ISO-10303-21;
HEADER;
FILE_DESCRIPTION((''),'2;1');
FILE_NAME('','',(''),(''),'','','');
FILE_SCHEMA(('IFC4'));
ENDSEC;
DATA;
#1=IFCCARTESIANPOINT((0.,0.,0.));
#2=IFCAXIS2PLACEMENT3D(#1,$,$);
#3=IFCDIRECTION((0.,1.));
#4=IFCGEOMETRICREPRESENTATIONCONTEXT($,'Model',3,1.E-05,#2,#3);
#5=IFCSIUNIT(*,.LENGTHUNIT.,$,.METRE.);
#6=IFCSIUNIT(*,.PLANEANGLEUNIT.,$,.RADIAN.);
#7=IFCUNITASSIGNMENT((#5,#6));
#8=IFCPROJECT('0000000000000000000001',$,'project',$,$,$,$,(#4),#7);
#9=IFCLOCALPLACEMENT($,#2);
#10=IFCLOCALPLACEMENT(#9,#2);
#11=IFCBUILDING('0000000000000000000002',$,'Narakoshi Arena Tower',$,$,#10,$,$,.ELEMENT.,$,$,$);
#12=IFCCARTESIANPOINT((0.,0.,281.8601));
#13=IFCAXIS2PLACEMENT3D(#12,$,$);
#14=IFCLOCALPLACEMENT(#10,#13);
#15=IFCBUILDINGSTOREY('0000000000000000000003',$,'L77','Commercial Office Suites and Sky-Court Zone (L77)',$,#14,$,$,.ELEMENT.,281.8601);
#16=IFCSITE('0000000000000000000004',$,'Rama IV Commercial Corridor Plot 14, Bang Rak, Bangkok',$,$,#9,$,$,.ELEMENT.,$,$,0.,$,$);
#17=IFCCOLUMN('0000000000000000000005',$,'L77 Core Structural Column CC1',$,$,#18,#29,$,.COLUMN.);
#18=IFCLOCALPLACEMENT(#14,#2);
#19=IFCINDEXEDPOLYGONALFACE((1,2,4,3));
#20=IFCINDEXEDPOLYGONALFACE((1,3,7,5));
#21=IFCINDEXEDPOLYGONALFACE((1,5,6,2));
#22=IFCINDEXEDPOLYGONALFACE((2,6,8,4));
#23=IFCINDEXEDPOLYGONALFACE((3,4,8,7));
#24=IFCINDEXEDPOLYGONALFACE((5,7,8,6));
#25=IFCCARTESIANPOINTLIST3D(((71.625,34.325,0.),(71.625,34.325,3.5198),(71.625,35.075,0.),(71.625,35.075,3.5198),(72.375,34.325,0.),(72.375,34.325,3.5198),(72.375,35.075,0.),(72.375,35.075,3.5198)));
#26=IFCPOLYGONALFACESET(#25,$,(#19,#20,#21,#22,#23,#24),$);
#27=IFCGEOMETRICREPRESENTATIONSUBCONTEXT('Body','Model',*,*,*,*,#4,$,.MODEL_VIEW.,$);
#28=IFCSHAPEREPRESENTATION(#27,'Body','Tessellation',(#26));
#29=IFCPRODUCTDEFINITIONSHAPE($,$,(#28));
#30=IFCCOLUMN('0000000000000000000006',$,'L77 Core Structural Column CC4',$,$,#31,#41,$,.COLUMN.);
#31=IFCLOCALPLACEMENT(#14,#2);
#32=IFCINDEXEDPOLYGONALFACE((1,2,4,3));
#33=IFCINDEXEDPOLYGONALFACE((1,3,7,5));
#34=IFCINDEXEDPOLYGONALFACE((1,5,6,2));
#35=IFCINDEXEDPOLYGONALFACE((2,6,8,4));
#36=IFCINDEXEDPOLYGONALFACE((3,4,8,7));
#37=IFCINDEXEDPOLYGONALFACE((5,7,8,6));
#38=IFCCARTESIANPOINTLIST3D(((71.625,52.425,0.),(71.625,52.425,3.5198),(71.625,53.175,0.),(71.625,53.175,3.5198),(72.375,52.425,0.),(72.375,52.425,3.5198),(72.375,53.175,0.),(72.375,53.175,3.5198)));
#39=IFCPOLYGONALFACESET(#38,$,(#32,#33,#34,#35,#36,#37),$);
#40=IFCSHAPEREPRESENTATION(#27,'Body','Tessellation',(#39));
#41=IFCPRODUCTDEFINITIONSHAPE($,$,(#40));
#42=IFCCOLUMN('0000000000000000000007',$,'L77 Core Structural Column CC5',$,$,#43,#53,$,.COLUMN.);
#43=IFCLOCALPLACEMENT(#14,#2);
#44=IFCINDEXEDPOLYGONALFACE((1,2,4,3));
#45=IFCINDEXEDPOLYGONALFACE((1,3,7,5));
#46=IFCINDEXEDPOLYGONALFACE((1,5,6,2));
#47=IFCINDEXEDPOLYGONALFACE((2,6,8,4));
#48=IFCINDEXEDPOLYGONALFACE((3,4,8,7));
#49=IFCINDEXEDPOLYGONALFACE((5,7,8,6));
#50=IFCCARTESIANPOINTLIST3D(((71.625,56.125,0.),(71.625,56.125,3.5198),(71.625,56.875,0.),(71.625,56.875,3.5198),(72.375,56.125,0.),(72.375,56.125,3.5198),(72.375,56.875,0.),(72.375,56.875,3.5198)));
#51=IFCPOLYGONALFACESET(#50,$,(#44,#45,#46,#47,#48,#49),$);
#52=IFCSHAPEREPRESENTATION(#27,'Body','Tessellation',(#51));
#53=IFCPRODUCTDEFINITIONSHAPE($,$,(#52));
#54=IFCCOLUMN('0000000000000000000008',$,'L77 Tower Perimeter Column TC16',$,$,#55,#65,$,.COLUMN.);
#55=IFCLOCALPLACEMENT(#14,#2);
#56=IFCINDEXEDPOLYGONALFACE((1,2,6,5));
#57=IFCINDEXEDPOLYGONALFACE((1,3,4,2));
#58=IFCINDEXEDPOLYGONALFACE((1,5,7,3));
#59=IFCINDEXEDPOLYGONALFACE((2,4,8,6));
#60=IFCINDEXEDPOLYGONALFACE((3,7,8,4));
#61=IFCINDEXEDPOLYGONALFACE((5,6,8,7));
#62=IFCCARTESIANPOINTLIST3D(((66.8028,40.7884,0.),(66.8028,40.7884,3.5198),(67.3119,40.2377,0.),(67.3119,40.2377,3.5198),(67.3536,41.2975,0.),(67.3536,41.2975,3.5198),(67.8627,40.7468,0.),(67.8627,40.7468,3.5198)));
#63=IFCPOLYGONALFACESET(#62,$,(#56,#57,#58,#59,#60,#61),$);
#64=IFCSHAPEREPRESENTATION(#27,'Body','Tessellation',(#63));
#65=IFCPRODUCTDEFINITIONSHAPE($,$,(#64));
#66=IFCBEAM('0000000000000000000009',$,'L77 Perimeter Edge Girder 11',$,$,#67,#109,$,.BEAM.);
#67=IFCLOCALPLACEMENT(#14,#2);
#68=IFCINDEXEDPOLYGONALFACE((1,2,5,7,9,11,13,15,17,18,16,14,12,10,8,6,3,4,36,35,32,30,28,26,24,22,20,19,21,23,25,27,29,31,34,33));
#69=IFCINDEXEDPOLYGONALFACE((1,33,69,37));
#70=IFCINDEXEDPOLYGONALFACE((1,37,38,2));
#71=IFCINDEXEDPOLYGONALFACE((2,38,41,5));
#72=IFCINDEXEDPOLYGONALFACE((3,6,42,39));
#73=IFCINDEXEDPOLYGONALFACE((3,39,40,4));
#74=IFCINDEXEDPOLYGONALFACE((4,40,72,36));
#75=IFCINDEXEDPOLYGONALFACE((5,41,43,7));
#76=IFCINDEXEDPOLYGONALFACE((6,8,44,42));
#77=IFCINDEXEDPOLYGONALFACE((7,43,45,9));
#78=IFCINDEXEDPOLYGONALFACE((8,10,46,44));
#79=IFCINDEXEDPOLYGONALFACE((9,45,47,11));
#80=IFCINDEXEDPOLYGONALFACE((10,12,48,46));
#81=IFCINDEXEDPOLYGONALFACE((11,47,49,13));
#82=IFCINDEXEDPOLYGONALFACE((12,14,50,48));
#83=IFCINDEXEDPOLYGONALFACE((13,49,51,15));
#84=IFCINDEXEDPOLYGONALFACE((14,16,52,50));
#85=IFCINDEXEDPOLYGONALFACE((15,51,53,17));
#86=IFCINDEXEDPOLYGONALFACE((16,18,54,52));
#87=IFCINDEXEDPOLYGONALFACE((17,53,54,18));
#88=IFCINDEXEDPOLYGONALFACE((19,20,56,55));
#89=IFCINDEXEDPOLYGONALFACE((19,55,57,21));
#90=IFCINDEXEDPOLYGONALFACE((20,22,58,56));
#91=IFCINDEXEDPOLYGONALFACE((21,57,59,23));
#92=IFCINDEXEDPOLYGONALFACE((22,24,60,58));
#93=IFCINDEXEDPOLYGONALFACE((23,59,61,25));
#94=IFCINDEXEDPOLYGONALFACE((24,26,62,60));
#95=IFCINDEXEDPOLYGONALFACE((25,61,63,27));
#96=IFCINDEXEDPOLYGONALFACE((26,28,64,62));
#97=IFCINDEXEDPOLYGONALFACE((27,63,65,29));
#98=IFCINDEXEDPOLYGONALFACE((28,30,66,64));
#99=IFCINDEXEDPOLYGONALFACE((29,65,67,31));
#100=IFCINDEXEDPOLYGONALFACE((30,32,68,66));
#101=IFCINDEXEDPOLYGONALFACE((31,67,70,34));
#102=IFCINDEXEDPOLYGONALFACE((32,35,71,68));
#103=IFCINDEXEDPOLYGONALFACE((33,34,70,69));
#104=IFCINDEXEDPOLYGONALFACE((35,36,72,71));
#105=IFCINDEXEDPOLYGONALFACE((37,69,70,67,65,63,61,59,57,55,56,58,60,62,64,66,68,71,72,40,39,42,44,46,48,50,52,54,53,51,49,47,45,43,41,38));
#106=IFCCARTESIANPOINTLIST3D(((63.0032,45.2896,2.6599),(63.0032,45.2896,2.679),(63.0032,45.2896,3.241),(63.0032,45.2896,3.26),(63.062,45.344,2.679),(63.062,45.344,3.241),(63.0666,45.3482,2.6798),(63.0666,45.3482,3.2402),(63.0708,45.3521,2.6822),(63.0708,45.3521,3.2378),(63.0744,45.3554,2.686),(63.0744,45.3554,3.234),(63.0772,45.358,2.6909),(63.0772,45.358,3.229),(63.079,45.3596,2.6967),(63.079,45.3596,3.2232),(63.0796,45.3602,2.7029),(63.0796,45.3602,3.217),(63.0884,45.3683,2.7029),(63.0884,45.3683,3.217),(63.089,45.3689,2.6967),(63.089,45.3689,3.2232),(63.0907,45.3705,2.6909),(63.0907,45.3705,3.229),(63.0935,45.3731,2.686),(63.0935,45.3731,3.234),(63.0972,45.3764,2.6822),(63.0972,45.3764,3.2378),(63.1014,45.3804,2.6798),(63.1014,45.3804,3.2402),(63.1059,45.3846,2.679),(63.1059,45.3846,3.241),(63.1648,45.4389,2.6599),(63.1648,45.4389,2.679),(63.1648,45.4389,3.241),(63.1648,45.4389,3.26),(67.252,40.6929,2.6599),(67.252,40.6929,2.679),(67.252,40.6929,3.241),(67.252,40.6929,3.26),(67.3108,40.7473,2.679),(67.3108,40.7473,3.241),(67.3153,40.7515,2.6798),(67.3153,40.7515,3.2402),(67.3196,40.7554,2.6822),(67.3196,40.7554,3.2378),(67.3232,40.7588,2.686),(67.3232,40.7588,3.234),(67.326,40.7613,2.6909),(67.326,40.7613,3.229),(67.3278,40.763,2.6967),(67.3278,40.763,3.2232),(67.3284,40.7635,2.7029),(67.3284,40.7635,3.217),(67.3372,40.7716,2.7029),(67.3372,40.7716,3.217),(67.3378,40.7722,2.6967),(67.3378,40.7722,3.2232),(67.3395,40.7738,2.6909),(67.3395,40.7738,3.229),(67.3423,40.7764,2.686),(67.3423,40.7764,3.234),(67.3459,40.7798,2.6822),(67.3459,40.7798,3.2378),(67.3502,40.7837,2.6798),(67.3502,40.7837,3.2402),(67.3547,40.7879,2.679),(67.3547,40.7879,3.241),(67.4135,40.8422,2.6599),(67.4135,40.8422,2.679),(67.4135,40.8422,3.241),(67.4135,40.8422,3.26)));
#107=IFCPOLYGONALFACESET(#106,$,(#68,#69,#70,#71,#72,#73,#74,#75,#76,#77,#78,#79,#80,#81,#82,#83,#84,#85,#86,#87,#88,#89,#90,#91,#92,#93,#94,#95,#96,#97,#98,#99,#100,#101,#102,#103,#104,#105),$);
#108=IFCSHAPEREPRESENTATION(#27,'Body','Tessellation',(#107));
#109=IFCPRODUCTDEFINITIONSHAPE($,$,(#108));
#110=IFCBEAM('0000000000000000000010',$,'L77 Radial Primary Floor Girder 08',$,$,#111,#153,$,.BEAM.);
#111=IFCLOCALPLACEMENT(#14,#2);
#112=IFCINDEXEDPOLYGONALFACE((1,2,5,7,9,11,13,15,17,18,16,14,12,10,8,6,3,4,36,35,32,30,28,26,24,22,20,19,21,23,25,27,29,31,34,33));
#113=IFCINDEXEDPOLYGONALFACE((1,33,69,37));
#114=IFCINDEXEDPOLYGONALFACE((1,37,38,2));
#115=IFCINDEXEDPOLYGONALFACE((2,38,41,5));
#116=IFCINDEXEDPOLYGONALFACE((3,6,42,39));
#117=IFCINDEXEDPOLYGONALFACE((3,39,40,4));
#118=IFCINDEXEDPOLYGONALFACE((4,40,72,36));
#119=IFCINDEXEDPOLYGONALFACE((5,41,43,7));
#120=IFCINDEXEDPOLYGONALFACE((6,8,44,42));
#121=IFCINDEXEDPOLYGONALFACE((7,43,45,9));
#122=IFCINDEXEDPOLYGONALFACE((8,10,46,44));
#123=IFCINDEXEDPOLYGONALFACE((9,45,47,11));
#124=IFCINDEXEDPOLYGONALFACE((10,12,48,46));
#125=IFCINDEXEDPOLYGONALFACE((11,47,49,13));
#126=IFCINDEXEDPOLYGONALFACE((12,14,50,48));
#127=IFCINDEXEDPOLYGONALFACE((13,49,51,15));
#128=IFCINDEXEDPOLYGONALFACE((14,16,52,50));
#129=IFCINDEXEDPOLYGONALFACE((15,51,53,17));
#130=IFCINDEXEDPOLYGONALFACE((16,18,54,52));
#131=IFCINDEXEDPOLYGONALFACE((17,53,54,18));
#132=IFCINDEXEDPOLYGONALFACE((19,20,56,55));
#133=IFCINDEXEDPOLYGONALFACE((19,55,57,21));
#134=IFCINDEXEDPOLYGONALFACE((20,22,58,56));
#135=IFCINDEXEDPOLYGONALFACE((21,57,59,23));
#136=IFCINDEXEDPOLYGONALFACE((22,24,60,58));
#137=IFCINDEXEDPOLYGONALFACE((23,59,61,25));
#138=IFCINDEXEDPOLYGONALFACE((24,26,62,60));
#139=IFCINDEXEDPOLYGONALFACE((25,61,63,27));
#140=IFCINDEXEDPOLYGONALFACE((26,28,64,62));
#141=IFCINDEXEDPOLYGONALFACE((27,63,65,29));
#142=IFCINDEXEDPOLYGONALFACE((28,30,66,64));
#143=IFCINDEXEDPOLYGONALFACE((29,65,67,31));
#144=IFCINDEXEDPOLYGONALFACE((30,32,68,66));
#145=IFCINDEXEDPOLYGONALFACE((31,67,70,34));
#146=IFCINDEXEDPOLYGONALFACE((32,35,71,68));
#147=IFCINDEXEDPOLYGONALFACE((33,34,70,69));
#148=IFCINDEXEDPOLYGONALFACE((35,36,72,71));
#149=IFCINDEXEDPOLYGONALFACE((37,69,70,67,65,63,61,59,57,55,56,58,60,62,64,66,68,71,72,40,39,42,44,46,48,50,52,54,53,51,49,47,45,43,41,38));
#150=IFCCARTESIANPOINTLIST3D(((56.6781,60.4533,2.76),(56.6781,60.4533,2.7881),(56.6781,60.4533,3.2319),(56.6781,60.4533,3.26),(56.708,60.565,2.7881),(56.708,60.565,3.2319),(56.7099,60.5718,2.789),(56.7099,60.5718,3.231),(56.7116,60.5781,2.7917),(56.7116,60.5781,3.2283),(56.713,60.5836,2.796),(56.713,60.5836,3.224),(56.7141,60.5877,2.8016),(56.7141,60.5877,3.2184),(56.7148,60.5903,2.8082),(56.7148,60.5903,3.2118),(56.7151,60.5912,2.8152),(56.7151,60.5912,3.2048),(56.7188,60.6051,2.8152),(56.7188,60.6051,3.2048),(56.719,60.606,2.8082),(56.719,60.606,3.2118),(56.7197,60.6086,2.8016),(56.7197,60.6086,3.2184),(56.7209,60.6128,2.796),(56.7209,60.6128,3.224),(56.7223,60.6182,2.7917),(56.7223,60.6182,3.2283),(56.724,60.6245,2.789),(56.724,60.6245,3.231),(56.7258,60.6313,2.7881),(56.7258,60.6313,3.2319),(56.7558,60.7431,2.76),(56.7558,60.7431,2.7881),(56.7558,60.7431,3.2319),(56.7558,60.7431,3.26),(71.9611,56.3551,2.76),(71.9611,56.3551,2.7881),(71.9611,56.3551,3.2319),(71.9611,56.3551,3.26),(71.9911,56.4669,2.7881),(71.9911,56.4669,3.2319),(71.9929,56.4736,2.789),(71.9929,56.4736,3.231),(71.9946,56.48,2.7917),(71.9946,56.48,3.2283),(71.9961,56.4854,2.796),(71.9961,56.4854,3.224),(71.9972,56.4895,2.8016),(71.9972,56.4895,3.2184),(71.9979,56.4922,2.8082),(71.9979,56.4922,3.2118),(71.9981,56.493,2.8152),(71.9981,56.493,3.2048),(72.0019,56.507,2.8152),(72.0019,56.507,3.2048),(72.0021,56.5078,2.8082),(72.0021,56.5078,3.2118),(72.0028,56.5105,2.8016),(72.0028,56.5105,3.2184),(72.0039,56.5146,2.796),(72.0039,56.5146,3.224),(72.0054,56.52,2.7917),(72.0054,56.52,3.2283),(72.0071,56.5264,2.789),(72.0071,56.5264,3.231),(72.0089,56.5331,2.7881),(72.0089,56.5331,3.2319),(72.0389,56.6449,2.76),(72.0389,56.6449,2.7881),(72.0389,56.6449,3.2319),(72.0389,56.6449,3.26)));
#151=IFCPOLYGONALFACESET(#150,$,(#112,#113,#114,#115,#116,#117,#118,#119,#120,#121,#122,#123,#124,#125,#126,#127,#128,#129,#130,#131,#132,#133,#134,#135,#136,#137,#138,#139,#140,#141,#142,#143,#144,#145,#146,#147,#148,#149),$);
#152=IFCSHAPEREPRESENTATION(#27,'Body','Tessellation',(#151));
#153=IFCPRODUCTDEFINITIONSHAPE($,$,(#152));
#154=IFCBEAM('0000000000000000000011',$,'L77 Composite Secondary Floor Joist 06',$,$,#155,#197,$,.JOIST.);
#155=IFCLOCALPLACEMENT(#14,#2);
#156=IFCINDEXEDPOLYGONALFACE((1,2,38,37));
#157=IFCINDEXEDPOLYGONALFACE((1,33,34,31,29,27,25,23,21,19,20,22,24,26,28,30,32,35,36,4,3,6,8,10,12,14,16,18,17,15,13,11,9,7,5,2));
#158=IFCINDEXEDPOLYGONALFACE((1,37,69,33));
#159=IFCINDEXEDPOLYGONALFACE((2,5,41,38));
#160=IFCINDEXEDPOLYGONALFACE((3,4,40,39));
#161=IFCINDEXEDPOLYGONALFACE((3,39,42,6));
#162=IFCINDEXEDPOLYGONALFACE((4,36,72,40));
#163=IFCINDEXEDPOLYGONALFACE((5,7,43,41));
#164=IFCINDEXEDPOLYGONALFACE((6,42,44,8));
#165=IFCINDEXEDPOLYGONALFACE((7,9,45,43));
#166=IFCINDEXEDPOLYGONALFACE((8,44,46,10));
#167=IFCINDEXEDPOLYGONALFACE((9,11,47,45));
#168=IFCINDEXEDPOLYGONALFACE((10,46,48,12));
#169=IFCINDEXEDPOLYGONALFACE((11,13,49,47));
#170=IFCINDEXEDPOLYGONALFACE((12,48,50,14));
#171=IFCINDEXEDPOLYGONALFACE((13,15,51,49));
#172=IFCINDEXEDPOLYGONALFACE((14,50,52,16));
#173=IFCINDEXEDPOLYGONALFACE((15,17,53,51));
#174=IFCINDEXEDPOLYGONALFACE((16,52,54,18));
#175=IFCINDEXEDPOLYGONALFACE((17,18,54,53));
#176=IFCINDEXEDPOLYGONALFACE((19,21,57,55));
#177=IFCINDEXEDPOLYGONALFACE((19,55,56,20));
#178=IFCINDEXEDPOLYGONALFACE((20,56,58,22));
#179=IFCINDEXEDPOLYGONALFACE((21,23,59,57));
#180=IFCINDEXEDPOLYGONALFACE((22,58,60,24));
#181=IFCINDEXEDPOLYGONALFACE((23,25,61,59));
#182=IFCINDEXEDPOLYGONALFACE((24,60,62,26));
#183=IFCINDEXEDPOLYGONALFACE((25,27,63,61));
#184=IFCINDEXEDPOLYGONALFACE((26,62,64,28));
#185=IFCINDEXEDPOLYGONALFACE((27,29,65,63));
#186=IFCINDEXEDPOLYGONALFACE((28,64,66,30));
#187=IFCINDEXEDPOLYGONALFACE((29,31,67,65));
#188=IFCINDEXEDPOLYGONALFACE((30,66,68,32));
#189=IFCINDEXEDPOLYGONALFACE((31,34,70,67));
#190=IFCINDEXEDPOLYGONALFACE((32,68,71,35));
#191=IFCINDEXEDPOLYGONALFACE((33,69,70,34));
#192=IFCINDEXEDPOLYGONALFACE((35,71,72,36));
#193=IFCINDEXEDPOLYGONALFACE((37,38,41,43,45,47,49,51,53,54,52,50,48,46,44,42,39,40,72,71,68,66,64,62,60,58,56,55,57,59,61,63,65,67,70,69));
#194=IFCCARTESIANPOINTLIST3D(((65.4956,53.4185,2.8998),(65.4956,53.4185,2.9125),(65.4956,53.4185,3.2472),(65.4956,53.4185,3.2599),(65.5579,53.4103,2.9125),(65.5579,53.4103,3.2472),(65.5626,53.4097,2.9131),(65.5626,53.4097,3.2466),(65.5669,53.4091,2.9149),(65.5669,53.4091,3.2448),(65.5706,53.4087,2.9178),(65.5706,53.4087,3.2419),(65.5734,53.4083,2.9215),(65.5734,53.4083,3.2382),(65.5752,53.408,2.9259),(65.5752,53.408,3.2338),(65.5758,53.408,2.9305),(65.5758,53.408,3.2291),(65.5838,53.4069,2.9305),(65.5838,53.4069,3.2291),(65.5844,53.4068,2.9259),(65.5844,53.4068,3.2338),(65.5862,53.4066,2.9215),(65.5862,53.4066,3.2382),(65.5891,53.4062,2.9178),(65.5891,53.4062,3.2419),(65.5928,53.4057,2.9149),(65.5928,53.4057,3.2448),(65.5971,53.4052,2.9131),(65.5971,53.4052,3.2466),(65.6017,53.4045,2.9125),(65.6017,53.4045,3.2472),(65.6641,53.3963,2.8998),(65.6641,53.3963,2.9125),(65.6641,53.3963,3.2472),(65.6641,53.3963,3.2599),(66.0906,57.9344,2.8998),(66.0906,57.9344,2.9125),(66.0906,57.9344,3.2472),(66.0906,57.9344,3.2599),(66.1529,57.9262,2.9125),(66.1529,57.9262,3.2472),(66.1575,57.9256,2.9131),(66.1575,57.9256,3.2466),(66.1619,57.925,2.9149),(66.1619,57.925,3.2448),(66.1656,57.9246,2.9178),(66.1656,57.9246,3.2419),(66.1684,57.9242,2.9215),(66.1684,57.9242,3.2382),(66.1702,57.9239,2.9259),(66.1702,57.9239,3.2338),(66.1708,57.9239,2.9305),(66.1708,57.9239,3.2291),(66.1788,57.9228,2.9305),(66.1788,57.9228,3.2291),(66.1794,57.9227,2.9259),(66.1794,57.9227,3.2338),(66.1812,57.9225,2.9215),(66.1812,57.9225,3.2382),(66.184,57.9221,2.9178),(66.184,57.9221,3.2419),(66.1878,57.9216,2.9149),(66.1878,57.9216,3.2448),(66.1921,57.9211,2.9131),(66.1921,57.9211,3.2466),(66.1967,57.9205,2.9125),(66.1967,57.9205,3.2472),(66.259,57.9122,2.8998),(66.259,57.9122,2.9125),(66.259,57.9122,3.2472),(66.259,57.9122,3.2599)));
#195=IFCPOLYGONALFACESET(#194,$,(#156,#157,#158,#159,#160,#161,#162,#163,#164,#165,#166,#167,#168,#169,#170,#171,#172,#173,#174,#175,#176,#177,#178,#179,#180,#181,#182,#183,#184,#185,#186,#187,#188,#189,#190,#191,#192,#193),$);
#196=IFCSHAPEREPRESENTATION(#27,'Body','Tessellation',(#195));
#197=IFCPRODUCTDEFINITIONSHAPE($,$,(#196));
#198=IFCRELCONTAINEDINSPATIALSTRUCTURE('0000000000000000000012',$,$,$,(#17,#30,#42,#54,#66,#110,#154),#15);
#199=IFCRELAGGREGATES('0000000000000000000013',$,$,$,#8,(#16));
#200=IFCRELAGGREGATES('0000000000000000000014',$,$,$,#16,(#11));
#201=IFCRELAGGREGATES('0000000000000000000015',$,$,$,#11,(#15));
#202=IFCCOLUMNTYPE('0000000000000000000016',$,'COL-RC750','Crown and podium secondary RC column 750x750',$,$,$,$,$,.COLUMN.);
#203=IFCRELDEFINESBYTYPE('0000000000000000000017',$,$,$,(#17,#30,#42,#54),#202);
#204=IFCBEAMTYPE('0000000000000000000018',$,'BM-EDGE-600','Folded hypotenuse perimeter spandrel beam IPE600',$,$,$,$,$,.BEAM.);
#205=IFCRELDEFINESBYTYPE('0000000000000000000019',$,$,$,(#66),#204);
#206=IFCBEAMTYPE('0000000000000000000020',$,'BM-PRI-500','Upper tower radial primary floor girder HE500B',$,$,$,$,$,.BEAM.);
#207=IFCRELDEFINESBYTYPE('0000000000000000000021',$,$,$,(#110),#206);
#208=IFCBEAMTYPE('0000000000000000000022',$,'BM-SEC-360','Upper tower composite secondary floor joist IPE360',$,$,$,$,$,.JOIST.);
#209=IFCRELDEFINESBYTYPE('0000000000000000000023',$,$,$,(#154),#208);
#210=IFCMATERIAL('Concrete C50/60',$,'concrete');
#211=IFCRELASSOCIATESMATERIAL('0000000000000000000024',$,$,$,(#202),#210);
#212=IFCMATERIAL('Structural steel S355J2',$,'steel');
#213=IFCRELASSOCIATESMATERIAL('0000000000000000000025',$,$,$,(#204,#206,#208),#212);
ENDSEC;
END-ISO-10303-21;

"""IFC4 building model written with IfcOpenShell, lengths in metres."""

from ifc_helpers import new_model, si_unit, direction, frame, origin, origin_2d, place, context, subcontext, project, spatial, rectangle, i_section, extrude, material, material_profile, profile_set, type_object, element, save


model = new_model("IFC4")

# Units and contexts
model_context = context("Model", 3, precision=1e-05, world=origin(), true_north=direction((0.0, 1.0)))
body_context = subcontext(model_context, "Body", "Model", "MODEL_VIEW")
ifc_project = project(units=[si_unit("LENGTHUNIT", "METRE"), si_unit("PLANEANGLEUNIT", "RADIAN")], contexts=[model_context])

# Site, building, storey
site_placement = place(None, origin())
site = spatial("IfcSite", under=ifc_project, at=site_placement, Name="Rama IV Commercial Corridor Plot 14, Bang Rak, Bangkok", CompositionType="ELEMENT", RefElevation=0.0)
building_placement = place(site_placement, origin())
building = spatial("IfcBuilding", under=site, at=building_placement, Name="Narakoshi Arena Tower", CompositionType="ELEMENT")
storey_placement = place(building_placement, frame((0.0, 0.0, 281.8601)))
storey = spatial("IfcBuildingStorey", under=building, at=storey_placement, Name="L77", Description="Commercial Office Suites and Sky-Court Zone (L77)", CompositionType="ELEMENT", Elevation=281.8601)

# Columns
ifc_material_1 = material(Name="Concrete C50/60", Category="concrete")
ifc_material_profile_1 = material_profile(ifc_material_1, rectangle(XDim=0.75, YDim=0.75, at=origin_2d()), Name="RC750x750")
ifc_profile_set_1 = profile_set([ifc_material_profile_1], Name="Concrete C50/60")
column_type = type_object("IfcColumnType", Name="COL-RC750", Description="Crown and podium secondary RC column 750x750", PredefinedType="COLUMN", material=ifc_profile_set_1)
for number, where, z_axis, x_axis, name in (
    (1, (72.0, 34.7, 0.0), (0.0, 0.0, 1.0), (1.0, 0.0, 0.0), "L77 Core Structural Column CC1"),
    (2, (72.0, 52.8, 0.0), (0.0, 0.0, 1.0), (1.0, 0.0, 0.0), "L77 Core Structural Column CC4"),
    (3, (72.0, 56.5, 0.0), (0.0, 0.0, 1.0), (1.0, 0.0, 0.0), "L77 Core Structural Column CC5"),
    (4, (67.3328, 40.7676, 0.0), (0.0, 0.0, 1.0), (-0.678801, 0.734323, 0.0), "L77 Tower Perimeter Column TC16"),
):
    element("IfcColumn", number, at=place(storey_placement, frame(where, z_axis=z_axis, x_axis=x_axis)), inside=storey, type_object=column_type, Name=name, PredefinedType="COLUMN", context=body_context, shape_type="SweptSolid", body=[
        extrude(rectangle(XDim=0.75, YDim=0.75, at=origin_2d()), origin(), (0.0, 0.0, 1.0), 3.5198),
    ])

# Beams
ifc_material_2 = material(Name="Structural steel S355J2", Category="steel")
ifc_material_profile_2 = material_profile(ifc_material_2, i_section(OverallWidth=0.22, OverallDepth=0.6001, WebThickness=0.012, FlangeThickness=0.019, FilletRadius=0.0239, at=origin_2d()), Name="IPE600")
ifc_profile_set_2 = profile_set([ifc_material_profile_2], Name="Structural steel S355J2")
beam_type_1 = type_object("IfcBeamType", Name="BM-EDGE-600", Description="Folded hypotenuse perimeter spandrel beam IPE600", PredefinedType="BEAM", material=ifc_profile_set_2)
beam_1_placement = place(storey_placement, frame((63.084, 45.3643, 2.96), z_axis=(0.678771, -0.73435, 0.0), x_axis=(0.73435, 0.678771, 0.0)))
element("IfcBeam", 5, at=beam_1_placement, inside=storey, type_object=beam_type_1, Name="L77 Perimeter Edge Girder 11", PredefinedType="BEAM", context=body_context, shape_type="SweptSolid", body=[
    extrude(i_section(OverallWidth=0.22, OverallDepth=0.6001, WebThickness=0.012, FlangeThickness=0.019, FilletRadius=0.0239, at=origin_2d()), origin(), (0.0, 0.0, 1.0), 6.2595),
])
ifc_material_profile_3 = material_profile(ifc_material_2, i_section(OverallWidth=0.3, OverallDepth=0.5, WebThickness=0.0144, FlangeThickness=0.0281, FilletRadius=0.0271, at=origin_2d()), Name="HE500B")
ifc_profile_set_3 = profile_set([ifc_material_profile_3], Name="Structural steel S355J2")
beam_type_2 = type_object("IfcBeamType", Name="BM-PRI-500", Description="Upper tower radial primary floor girder HE500B", PredefinedType="BEAM", material=ifc_profile_set_3)
beam_2_placement = place(storey_placement, frame((72.0, 56.5, 3.01), z_axis=(-0.965877, 0.259001, 0.0), x_axis=(-0.259001, -0.965877, 0.0)))
element("IfcBeam", 6, at=beam_2_placement, inside=storey, type_object=beam_type_2, Name="L77 Radial Primary Floor Girder 08", PredefinedType="BEAM", context=body_context, shape_type="SweptSolid", body=[
    extrude(i_section(OverallWidth=0.3, OverallDepth=0.5, WebThickness=0.0144, FlangeThickness=0.0281, FilletRadius=0.0271, at=origin_2d()), origin(), (0.0, 0.0, 1.0), 15.823),
])
ifc_material_profile_4 = material_profile(ifc_material_2, i_section(OverallWidth=0.1699, OverallDepth=0.3601, WebThickness=0.0081, FlangeThickness=0.0127, FilletRadius=0.0181, at=origin_2d()), Name="IPE360")
ifc_profile_set_4 = profile_set([ifc_material_profile_4], Name="Structural steel S355J2")
beam_type_3 = type_object("IfcBeamType", Name="BM-SEC-360", Description="Upper tower composite secondary floor joist IPE360", PredefinedType="JOIST", material=ifc_profile_set_4)
beam_3_placement = place(storey_placement, frame((66.1748, 57.9233, 3.0798), z_axis=(-0.130622, -0.991432, 0.0), x_axis=(0.991432, -0.130622, 0.0)))
element("IfcBeam", 7, at=beam_3_placement, inside=storey, type_object=beam_type_3, Name="L77 Composite Secondary Floor Joist 06", PredefinedType="JOIST", context=body_context, shape_type="SweptSolid", body=[
    extrude(i_section(OverallWidth=0.1699, OverallDepth=0.3601, WebThickness=0.0081, FlangeThickness=0.0127, FilletRadius=0.0181, at=origin_2d()), origin(), (0.0, 0.0, 1.0), 4.5549),
])

save(model, "model.ifc")
